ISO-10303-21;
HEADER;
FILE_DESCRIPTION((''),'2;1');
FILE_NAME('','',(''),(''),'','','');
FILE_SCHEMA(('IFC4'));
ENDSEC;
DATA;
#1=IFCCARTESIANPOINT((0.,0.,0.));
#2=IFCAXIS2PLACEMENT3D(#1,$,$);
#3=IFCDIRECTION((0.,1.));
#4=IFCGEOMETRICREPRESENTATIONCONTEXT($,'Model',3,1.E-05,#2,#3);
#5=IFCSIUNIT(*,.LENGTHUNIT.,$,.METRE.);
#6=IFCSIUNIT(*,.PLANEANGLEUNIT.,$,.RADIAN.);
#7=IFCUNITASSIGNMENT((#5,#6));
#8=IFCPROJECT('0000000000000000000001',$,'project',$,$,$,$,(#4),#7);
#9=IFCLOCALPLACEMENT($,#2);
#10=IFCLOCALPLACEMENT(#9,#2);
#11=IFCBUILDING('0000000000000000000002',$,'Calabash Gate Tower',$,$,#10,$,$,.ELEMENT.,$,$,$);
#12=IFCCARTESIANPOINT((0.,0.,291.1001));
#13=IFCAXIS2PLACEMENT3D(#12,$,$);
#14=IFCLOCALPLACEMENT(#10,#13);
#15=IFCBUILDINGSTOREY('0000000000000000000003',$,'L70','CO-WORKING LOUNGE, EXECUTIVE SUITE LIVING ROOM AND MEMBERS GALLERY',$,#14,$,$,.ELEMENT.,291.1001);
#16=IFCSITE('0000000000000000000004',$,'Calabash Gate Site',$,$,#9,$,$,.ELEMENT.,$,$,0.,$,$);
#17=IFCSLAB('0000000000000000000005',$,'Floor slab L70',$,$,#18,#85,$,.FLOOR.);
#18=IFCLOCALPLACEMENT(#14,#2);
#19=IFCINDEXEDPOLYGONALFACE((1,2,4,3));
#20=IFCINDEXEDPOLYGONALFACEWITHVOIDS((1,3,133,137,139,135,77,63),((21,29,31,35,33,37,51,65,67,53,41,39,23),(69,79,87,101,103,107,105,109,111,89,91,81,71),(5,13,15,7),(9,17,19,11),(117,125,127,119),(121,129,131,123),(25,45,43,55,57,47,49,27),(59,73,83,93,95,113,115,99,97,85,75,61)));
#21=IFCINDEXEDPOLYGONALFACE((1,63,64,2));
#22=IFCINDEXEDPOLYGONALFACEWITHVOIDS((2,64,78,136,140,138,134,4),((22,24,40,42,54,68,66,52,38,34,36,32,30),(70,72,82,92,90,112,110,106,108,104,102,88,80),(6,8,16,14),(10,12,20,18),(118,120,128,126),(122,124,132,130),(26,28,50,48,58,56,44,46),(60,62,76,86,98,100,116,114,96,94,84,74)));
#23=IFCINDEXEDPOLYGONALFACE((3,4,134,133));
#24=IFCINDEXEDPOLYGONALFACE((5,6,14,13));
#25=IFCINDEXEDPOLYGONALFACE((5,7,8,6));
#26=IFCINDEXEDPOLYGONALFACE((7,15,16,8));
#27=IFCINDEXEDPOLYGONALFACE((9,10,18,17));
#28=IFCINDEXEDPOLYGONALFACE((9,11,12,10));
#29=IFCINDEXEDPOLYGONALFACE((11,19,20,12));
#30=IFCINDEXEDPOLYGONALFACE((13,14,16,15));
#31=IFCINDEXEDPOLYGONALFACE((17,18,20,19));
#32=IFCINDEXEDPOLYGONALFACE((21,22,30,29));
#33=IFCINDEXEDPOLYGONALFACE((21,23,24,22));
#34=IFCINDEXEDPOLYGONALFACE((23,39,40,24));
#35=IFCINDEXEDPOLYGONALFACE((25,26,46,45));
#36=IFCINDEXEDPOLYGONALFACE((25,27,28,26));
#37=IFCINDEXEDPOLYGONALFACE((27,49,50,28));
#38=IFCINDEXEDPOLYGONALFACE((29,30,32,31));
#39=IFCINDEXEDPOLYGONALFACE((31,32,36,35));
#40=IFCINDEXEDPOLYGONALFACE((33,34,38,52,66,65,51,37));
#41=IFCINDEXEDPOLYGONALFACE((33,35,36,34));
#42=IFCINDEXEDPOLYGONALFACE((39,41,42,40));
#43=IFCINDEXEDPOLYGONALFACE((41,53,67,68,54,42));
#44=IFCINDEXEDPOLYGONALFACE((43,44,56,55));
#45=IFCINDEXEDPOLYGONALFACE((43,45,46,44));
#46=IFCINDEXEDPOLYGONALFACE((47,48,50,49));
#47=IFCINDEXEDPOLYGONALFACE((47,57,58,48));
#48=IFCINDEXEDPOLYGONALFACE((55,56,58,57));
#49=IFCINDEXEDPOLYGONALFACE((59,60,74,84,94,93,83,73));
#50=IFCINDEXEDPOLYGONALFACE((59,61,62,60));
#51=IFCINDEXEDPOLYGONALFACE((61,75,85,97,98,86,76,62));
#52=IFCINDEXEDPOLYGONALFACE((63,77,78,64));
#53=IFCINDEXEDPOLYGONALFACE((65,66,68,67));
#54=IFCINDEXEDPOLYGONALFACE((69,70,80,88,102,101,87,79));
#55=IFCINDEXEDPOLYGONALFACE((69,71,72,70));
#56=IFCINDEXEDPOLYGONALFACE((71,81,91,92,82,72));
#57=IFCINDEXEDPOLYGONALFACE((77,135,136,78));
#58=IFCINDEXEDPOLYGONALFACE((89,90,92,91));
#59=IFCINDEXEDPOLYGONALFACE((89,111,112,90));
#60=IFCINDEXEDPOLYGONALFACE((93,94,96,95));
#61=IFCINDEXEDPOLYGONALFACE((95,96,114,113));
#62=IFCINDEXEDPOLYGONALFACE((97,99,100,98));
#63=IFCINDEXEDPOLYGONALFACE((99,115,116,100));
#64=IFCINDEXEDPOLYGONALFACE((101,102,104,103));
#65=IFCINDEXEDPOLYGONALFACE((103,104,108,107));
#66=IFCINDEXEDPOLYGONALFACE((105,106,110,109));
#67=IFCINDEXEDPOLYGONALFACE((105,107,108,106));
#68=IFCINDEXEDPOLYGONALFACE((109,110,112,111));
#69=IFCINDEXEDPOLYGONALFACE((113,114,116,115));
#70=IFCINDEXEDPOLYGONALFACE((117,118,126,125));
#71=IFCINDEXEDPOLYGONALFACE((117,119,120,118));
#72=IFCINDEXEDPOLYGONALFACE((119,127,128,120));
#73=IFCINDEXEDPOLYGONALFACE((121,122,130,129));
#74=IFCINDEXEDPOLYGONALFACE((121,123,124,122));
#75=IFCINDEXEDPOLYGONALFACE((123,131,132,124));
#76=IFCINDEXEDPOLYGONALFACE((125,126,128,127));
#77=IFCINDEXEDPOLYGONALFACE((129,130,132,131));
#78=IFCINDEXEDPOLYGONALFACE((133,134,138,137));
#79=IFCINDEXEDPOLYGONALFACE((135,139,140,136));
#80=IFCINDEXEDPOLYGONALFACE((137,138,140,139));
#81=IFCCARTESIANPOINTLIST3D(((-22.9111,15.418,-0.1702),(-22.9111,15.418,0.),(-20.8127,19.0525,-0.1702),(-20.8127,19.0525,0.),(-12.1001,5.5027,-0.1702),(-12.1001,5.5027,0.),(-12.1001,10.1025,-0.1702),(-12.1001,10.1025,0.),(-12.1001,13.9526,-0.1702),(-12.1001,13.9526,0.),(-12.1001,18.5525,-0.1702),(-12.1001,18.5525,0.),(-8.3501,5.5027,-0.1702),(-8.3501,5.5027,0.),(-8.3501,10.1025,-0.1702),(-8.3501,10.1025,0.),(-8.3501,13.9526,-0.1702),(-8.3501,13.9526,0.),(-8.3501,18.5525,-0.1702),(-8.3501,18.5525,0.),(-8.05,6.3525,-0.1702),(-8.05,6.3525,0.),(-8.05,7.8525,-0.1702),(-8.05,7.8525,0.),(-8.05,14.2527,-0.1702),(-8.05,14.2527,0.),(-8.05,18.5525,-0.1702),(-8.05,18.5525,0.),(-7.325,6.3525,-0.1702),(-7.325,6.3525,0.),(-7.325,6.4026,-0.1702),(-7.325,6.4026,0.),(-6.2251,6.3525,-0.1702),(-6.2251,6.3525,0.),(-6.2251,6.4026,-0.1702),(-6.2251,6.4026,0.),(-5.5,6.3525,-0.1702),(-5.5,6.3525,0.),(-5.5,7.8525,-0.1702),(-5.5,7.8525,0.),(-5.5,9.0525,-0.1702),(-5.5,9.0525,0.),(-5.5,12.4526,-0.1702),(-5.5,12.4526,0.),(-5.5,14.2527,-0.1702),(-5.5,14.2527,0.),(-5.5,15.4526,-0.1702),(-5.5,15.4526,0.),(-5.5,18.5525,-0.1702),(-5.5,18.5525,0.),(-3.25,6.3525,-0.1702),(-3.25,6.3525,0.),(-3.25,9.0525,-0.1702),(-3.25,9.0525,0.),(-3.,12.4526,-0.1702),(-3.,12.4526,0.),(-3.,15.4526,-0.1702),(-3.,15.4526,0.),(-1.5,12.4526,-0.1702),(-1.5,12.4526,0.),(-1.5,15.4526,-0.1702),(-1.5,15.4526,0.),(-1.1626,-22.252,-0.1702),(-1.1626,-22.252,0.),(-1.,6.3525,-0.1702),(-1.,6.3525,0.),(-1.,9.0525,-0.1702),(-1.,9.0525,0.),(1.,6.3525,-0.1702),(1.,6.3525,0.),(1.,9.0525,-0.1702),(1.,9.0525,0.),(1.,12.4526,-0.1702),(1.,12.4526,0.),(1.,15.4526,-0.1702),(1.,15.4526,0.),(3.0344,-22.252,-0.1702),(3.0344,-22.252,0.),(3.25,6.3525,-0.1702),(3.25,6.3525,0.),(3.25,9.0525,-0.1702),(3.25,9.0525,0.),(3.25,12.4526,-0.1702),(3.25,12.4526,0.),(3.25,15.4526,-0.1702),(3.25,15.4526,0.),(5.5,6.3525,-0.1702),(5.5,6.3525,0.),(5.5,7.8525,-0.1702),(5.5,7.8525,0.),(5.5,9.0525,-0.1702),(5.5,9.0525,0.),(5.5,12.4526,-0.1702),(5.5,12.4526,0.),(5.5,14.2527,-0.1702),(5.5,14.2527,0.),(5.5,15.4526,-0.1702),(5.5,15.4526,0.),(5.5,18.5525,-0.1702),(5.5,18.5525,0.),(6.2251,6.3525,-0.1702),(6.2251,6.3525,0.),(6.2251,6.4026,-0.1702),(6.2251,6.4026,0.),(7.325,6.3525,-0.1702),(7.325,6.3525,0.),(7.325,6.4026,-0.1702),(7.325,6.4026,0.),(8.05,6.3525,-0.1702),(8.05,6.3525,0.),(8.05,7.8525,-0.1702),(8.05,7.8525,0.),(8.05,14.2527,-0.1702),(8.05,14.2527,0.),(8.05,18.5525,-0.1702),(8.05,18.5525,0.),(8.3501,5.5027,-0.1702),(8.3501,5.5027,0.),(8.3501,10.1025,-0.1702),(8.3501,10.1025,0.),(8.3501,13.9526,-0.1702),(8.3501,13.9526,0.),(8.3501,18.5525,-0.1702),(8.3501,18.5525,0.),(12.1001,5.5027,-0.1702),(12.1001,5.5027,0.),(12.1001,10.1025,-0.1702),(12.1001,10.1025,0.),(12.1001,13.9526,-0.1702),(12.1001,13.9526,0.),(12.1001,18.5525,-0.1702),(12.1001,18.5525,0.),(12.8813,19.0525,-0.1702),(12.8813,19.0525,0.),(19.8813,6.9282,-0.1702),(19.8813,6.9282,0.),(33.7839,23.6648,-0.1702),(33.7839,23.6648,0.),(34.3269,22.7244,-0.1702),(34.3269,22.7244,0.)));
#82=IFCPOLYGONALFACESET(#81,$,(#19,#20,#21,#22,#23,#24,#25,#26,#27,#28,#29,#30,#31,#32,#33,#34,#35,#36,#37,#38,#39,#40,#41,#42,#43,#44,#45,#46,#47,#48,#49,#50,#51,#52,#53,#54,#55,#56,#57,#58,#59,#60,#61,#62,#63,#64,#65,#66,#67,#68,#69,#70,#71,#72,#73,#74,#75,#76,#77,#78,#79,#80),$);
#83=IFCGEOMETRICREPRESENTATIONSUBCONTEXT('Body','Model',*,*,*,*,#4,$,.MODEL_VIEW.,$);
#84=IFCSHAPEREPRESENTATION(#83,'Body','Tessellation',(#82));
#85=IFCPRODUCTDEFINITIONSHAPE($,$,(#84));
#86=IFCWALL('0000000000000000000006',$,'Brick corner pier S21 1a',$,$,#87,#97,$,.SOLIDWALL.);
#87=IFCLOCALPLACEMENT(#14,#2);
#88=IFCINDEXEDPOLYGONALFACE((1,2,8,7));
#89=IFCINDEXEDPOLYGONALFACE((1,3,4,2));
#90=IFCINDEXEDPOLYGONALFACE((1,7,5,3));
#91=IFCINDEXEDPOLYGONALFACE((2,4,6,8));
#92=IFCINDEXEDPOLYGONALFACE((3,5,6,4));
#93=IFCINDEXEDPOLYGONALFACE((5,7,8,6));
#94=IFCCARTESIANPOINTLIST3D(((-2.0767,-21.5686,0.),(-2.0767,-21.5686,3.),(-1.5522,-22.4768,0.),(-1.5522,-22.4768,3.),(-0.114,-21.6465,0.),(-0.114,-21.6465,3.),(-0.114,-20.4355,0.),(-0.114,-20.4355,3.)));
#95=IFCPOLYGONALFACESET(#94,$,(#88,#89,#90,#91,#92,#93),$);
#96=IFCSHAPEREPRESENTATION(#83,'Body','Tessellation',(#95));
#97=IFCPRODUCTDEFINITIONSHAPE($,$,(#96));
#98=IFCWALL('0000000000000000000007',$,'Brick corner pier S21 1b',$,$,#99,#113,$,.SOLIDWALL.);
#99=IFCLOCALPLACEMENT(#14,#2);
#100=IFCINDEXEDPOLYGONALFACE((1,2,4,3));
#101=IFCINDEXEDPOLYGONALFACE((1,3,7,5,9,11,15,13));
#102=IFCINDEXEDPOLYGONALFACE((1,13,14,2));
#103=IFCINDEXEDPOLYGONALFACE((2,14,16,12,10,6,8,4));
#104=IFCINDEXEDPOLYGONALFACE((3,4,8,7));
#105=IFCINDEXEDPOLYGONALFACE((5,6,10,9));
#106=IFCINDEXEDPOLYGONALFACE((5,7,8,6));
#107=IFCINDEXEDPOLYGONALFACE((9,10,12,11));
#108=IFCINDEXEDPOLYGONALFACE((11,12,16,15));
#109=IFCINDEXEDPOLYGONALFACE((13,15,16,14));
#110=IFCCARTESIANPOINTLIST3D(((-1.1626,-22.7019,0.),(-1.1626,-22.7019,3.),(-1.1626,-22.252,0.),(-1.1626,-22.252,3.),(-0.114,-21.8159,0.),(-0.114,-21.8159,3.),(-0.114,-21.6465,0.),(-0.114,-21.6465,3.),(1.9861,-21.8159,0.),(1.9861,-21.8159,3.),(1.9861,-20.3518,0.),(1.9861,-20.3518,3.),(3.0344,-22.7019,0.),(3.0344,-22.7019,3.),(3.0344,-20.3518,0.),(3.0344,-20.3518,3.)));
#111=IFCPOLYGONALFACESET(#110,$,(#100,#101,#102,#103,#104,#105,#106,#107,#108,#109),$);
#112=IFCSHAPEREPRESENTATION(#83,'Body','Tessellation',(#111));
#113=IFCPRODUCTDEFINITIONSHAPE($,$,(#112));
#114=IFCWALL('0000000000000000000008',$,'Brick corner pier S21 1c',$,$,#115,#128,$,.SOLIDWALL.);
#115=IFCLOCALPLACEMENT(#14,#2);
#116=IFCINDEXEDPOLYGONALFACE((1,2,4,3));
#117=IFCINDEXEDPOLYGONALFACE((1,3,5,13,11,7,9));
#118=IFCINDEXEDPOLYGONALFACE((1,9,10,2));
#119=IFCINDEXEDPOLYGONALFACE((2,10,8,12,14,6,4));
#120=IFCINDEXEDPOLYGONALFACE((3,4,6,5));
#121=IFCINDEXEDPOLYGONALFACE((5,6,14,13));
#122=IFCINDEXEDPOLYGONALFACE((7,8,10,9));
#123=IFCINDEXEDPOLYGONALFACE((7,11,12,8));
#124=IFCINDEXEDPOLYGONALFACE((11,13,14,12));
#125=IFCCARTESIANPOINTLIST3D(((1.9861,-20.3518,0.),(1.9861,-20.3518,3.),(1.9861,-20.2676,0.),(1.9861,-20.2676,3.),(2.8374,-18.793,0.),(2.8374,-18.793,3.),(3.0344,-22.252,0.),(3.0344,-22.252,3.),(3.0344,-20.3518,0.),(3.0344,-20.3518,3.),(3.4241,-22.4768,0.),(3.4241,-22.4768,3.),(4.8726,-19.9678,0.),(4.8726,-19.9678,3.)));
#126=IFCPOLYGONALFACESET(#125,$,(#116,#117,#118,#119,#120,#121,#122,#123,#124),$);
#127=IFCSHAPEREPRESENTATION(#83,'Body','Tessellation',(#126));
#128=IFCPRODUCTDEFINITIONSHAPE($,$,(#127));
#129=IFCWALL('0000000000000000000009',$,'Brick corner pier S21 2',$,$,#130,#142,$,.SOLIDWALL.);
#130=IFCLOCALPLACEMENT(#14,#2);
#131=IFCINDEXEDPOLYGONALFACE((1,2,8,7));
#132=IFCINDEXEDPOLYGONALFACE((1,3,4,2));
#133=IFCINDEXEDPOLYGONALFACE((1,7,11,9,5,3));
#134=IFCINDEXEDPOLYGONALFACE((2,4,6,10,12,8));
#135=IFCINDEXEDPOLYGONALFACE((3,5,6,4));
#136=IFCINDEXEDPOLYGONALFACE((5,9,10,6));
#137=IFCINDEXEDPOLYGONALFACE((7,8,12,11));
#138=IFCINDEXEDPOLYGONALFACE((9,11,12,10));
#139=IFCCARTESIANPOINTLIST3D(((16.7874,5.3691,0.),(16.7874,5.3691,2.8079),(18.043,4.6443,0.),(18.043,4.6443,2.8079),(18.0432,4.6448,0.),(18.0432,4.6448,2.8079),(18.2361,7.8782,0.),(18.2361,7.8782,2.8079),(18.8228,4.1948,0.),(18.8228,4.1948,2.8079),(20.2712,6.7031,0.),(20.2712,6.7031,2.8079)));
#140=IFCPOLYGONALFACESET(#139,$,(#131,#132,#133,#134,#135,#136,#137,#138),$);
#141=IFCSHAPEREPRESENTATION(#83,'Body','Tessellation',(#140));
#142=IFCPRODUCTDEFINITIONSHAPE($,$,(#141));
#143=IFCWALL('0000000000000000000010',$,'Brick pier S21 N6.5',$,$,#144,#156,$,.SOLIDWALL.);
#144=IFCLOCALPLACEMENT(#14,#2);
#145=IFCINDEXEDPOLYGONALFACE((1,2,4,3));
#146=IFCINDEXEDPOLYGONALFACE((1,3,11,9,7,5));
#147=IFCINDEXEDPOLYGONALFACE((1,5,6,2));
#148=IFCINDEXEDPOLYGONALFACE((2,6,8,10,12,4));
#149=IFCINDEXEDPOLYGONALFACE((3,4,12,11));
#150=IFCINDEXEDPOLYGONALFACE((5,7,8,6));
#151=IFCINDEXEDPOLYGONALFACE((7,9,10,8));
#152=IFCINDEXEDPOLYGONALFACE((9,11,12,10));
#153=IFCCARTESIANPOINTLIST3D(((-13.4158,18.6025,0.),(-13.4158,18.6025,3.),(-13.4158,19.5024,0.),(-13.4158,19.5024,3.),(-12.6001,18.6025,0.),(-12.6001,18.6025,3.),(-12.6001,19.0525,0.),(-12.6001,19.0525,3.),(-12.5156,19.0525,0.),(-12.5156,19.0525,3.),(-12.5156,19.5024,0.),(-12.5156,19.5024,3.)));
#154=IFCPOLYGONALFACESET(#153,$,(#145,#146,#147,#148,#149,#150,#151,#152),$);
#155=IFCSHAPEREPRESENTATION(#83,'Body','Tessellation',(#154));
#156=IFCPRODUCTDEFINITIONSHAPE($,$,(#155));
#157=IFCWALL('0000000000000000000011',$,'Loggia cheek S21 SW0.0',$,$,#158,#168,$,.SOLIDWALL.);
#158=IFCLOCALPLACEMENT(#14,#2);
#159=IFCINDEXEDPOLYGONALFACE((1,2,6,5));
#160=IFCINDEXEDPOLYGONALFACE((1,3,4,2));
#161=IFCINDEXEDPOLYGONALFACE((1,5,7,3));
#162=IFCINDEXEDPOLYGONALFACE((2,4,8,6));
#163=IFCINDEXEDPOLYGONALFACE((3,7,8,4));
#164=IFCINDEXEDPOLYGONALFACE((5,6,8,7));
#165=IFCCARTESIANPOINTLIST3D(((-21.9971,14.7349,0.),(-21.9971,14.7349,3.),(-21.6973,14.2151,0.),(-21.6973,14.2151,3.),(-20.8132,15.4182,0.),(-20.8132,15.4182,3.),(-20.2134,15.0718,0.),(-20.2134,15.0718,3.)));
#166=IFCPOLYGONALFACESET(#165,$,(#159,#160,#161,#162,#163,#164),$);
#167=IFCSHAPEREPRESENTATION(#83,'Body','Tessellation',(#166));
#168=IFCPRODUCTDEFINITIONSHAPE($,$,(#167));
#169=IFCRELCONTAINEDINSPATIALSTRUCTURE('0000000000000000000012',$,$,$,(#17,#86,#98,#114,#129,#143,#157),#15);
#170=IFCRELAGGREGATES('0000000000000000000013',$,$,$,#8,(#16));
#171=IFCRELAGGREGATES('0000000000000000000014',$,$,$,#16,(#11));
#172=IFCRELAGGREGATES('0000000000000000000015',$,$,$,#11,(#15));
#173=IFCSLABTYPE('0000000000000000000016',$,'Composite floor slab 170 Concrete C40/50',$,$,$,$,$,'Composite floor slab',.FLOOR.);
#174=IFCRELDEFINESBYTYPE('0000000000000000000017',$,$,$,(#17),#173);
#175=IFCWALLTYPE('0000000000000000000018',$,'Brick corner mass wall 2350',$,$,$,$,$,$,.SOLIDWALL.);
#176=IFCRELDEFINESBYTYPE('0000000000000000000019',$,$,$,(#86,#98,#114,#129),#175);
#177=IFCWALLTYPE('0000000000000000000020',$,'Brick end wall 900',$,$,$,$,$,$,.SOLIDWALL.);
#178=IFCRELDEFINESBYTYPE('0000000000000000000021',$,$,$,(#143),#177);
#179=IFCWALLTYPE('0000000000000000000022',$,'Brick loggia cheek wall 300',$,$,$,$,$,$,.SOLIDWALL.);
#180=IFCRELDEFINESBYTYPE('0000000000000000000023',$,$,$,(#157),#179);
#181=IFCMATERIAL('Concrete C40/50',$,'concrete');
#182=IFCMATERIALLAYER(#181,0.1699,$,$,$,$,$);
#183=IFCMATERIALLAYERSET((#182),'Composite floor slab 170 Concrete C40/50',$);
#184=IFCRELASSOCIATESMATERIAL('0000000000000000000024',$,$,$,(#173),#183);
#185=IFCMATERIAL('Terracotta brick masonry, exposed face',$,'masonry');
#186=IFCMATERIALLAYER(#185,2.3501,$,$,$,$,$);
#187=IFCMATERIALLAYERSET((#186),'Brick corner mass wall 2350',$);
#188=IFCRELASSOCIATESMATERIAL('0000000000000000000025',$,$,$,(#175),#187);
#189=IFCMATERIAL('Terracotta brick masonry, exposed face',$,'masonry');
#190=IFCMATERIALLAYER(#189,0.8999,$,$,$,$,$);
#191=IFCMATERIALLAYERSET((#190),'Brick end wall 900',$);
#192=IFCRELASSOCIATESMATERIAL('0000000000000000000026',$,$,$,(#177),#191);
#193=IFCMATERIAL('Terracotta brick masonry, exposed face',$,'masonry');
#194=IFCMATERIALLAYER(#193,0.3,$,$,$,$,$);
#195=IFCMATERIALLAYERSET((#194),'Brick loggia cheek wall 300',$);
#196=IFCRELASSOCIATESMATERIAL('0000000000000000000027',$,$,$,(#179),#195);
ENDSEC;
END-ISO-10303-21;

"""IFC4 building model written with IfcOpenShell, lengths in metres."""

from ifc_helpers import new_model, si_unit, direction, frame, origin, place, context, subcontext, project, spatial, polyline, outline, extrude, material, layer, layer_set, type_object, element, save


model = new_model("IFC4")

# Units and contexts
model_context = context("Model", 3, precision=1e-05, world=origin(), true_north=direction((0.0, 1.0)))
body_context = subcontext(model_context, "Body", "Model", "MODEL_VIEW")
ifc_project = project(units=[si_unit("LENGTHUNIT", "METRE"), si_unit("PLANEANGLEUNIT", "RADIAN")], contexts=[model_context])

# Site, building, storey
site_placement = place(None, origin())
site = spatial("IfcSite", under=ifc_project, at=site_placement, Name="Calabash Gate Site", CompositionType="ELEMENT", RefElevation=0.0)
building_placement = place(site_placement, origin())
building = spatial("IfcBuilding", under=site, at=building_placement, Name="Calabash Gate Tower", CompositionType="ELEMENT")
storey_placement = place(building_placement, frame((0.0, 0.0, 291.1001)))
storey = spatial("IfcBuildingStorey", under=building, at=storey_placement, Name="L70", Description="CO-WORKING LOUNGE, EXECUTIVE SUITE LIVING ROOM AND MEMBERS GALLERY", CompositionType="ELEMENT", Elevation=291.1001)

# Slab
ifc_material_1 = material(Name="Concrete C40/50", Category="concrete")
ifc_layer_1 = layer(ifc_material_1, 0.1699)
ifc_layer_set_1 = layer_set([ifc_layer_1], Name="Composite floor slab 170 Concrete C40/50")
slab_type = type_object("IfcSlabType", Name="Composite floor slab 170 Concrete C40/50", ElementType="Composite floor slab", PredefinedType="FLOOR", material=ifc_layer_set_1)
slab_placement = place(storey_placement, frame((0.0, 0.0, -0.1702)))
element("IfcSlab", 1, at=slab_placement, inside=storey, type_object=slab_type, Name="Floor slab L70", PredefinedType="FLOOR", context=body_context, shape_type="SweptSolid", body=[
    extrude(outline(polyline([(-22.9111, 15.418), (-20.8127, 19.0525), (12.8813, 19.0525), (33.7839, 23.6648), (34.3269, 22.7244), (19.8813, 6.9282), (3.0344, -22.252), (-1.1626, -22.252), (-22.9111, 15.418)]), holes=[polyline([(-1.0, 9.0525), (-3.25, 9.0525), (-5.5, 9.0525), (-5.5, 7.8525), (-8.05, 7.8525), (-8.05, 6.3525), (-7.325, 6.3525), (-7.325, 6.4026), (-6.2251, 6.4026), (-6.2251, 6.3525), (-5.5, 6.3525), (-3.25, 6.3525), (-1.0, 6.3525), (-1.0, 9.0525)]), polyline([(3.25, 6.3525), (5.5, 6.3525), (6.2251, 6.3525), (6.2251, 6.4026), (7.325, 6.4026), (7.325, 6.3525), (8.05, 6.3525), (8.05, 7.8525), (5.5, 7.8525), (5.5, 9.0525), (3.25, 9.0525), (1.0, 9.0525), (1.0, 6.3525), (3.25, 6.3525)]), polyline([(-5.5, 14.2527), (-5.5, 12.4526), (-3.0, 12.4526), (-3.0, 15.4526), (-5.5, 15.4526), (-5.5, 18.5525), (-8.05, 18.5525), (-8.05, 14.2527), (-5.5, 14.2527)]), polyline([(1.0, 15.4526), (-1.5, 15.4526), (-1.5, 12.4526), (1.0, 12.4526), (3.25, 12.4526), (5.5, 12.4526), (5.5, 14.2527), (8.05, 14.2527), (8.05, 18.5525), (5.5, 18.5525), (5.5, 15.4526), (3.25, 15.4526), (1.0, 15.4526)]), polyline([(-8.3501, 18.5525), (-12.1001, 18.5525), (-12.1001, 13.9526), (-8.3501, 13.9526), (-8.3501, 18.5525)]), polyline([(-12.1001, 10.1025), (-12.1001, 5.5027), (-8.3501, 5.5027), (-8.3501, 10.1025), (-12.1001, 10.1025)]), polyline([(8.3501, 13.9526), (12.1001, 13.9526), (12.1001, 18.5525), (8.3501, 18.5525), (8.3501, 13.9526)]), polyline([(12.1001, 5.5027), (12.1001, 10.1025), (8.3501, 10.1025), (8.3501, 5.5027), (12.1001, 5.5027)])]), origin(), (0.0, 0.0, 1.0), 0.1702),
])

# Walls
ifc_material_2 = material(Name="Terracotta brick masonry, exposed face", Category="masonry")
ifc_layer_2 = layer(ifc_material_2, 2.3501)
ifc_layer_set_2 = layer_set([ifc_layer_2], Name="Brick corner mass wall 2350")
wall_type_1 = type_object("IfcWallType", Name="Brick corner mass wall 2350", PredefinedType="SOLIDWALL", material=ifc_layer_set_2)
wall_1_placement = place(storey_placement, origin())
element("IfcWall", 2, at=wall_1_placement, inside=storey, type_object=wall_type_1, Name="Brick corner pier S21 1a", PredefinedType="SOLIDWALL", context=body_context, shape_type="SweptSolid", body=[
    extrude(outline(polyline([(-0.114, -20.4355), (-2.0767, -21.5686), (-1.5522, -22.4768), (-0.114, -21.6465), (-0.114, -20.4355)])), origin(), (0.0, 0.0, 1.0), 3.0),
])
wall_2_placement = place(storey_placement, origin())
element("IfcWall", 3, at=wall_2_placement, inside=storey, type_object=wall_type_1, Name="Brick corner pier S21 1b", PredefinedType="SOLIDWALL", context=body_context, shape_type="SweptSolid", body=[
    extrude(outline(polyline([(-0.114, -21.8159), (-0.114, -21.6465), (-1.1626, -22.252), (-1.1626, -22.7019), (3.0344, -22.7019), (3.0344, -20.3518), (1.9861, -20.3518), (1.9861, -21.8159), (-0.114, -21.8159)])), origin(), (0.0, 0.0, 1.0), 3.0),
])
wall_3_placement = place(storey_placement, origin())
element("IfcWall", 4, at=wall_3_placement, inside=storey, type_object=wall_type_1, Name="Brick corner pier S21 1c", PredefinedType="SOLIDWALL", context=body_context, shape_type="SweptSolid", body=[
    extrude(outline(polyline([(4.8726, -19.9678), (2.8374, -18.793), (1.9861, -20.2676), (1.9861, -20.3518), (3.0344, -20.3518), (3.0344, -22.252), (3.4241, -22.4768), (4.8726, -19.9678)])), origin(), (0.0, 0.0, 1.0), 3.0),
])
wall_4_placement = place(storey_placement, origin())
element("IfcWall", 5, at=wall_4_placement, inside=storey, type_object=wall_type_1, Name="Brick corner pier S21 2", PredefinedType="SOLIDWALL", context=body_context, shape_type="SweptSolid", body=[
    extrude(outline(polyline([(18.8228, 4.1948), (18.8225, 4.1943), (18.8225, 4.1943), (20.2712, 6.7031), (18.2361, 7.8782), (16.7874, 5.3691), (18.043, 4.6443), (18.0432, 4.6448), (18.8228, 4.1948)])), origin(), (0.0, 0.0, 1.0), 2.8079),
])
ifc_material_3 = material(Name="Terracotta brick masonry, exposed face", Category="masonry")
ifc_layer_3 = layer(ifc_material_3, 0.8999)
ifc_layer_set_3 = layer_set([ifc_layer_3], Name="Brick end wall 900")
wall_type_2 = type_object("IfcWallType", Name="Brick end wall 900", PredefinedType="SOLIDWALL", material=ifc_layer_set_3)
wall_5_placement = place(storey_placement, origin())
element("IfcWall", 6, at=wall_5_placement, inside=storey, type_object=wall_type_2, Name="Brick pier S21 N6.5", PredefinedType="SOLIDWALL", context=body_context, shape_type="SweptSolid", body=[
    extrude(outline(polyline([(-12.5156, 19.0525), (-12.5156, 19.5024), (-13.4158, 19.5024), (-13.4158, 18.6025), (-12.6001, 18.6025), (-12.6001, 19.0525), (-12.5156, 19.0525)])), origin(), (0.0, 0.0, 1.0), 3.0),
])
ifc_material_4 = material(Name="Terracotta brick masonry, exposed face", Category="masonry")
ifc_layer_4 = layer(ifc_material_4, 0.3)
ifc_layer_set_4 = layer_set([ifc_layer_4], Name="Brick loggia cheek wall 300")
wall_type_3 = type_object("IfcWallType", Name="Brick loggia cheek wall 300", PredefinedType="SOLIDWALL", material=ifc_layer_set_4)
wall_6_placement = place(storey_placement, origin())
element("IfcWall", 7, at=wall_6_placement, inside=storey, type_object=wall_type_3, Name="Loggia cheek S21 SW0.0", PredefinedType="SOLIDWALL", context=body_context, shape_type="SweptSolid", body=[
    extrude(outline(polyline([(-21.9971, 14.7349), (-21.6973, 14.2151), (-20.2134, 15.0718), (-20.8132, 15.4182), (-21.9971, 14.7349)])), origin(), (0.0, 0.0, 1.0), 3.0),
])

save(model, "model.ifc")
